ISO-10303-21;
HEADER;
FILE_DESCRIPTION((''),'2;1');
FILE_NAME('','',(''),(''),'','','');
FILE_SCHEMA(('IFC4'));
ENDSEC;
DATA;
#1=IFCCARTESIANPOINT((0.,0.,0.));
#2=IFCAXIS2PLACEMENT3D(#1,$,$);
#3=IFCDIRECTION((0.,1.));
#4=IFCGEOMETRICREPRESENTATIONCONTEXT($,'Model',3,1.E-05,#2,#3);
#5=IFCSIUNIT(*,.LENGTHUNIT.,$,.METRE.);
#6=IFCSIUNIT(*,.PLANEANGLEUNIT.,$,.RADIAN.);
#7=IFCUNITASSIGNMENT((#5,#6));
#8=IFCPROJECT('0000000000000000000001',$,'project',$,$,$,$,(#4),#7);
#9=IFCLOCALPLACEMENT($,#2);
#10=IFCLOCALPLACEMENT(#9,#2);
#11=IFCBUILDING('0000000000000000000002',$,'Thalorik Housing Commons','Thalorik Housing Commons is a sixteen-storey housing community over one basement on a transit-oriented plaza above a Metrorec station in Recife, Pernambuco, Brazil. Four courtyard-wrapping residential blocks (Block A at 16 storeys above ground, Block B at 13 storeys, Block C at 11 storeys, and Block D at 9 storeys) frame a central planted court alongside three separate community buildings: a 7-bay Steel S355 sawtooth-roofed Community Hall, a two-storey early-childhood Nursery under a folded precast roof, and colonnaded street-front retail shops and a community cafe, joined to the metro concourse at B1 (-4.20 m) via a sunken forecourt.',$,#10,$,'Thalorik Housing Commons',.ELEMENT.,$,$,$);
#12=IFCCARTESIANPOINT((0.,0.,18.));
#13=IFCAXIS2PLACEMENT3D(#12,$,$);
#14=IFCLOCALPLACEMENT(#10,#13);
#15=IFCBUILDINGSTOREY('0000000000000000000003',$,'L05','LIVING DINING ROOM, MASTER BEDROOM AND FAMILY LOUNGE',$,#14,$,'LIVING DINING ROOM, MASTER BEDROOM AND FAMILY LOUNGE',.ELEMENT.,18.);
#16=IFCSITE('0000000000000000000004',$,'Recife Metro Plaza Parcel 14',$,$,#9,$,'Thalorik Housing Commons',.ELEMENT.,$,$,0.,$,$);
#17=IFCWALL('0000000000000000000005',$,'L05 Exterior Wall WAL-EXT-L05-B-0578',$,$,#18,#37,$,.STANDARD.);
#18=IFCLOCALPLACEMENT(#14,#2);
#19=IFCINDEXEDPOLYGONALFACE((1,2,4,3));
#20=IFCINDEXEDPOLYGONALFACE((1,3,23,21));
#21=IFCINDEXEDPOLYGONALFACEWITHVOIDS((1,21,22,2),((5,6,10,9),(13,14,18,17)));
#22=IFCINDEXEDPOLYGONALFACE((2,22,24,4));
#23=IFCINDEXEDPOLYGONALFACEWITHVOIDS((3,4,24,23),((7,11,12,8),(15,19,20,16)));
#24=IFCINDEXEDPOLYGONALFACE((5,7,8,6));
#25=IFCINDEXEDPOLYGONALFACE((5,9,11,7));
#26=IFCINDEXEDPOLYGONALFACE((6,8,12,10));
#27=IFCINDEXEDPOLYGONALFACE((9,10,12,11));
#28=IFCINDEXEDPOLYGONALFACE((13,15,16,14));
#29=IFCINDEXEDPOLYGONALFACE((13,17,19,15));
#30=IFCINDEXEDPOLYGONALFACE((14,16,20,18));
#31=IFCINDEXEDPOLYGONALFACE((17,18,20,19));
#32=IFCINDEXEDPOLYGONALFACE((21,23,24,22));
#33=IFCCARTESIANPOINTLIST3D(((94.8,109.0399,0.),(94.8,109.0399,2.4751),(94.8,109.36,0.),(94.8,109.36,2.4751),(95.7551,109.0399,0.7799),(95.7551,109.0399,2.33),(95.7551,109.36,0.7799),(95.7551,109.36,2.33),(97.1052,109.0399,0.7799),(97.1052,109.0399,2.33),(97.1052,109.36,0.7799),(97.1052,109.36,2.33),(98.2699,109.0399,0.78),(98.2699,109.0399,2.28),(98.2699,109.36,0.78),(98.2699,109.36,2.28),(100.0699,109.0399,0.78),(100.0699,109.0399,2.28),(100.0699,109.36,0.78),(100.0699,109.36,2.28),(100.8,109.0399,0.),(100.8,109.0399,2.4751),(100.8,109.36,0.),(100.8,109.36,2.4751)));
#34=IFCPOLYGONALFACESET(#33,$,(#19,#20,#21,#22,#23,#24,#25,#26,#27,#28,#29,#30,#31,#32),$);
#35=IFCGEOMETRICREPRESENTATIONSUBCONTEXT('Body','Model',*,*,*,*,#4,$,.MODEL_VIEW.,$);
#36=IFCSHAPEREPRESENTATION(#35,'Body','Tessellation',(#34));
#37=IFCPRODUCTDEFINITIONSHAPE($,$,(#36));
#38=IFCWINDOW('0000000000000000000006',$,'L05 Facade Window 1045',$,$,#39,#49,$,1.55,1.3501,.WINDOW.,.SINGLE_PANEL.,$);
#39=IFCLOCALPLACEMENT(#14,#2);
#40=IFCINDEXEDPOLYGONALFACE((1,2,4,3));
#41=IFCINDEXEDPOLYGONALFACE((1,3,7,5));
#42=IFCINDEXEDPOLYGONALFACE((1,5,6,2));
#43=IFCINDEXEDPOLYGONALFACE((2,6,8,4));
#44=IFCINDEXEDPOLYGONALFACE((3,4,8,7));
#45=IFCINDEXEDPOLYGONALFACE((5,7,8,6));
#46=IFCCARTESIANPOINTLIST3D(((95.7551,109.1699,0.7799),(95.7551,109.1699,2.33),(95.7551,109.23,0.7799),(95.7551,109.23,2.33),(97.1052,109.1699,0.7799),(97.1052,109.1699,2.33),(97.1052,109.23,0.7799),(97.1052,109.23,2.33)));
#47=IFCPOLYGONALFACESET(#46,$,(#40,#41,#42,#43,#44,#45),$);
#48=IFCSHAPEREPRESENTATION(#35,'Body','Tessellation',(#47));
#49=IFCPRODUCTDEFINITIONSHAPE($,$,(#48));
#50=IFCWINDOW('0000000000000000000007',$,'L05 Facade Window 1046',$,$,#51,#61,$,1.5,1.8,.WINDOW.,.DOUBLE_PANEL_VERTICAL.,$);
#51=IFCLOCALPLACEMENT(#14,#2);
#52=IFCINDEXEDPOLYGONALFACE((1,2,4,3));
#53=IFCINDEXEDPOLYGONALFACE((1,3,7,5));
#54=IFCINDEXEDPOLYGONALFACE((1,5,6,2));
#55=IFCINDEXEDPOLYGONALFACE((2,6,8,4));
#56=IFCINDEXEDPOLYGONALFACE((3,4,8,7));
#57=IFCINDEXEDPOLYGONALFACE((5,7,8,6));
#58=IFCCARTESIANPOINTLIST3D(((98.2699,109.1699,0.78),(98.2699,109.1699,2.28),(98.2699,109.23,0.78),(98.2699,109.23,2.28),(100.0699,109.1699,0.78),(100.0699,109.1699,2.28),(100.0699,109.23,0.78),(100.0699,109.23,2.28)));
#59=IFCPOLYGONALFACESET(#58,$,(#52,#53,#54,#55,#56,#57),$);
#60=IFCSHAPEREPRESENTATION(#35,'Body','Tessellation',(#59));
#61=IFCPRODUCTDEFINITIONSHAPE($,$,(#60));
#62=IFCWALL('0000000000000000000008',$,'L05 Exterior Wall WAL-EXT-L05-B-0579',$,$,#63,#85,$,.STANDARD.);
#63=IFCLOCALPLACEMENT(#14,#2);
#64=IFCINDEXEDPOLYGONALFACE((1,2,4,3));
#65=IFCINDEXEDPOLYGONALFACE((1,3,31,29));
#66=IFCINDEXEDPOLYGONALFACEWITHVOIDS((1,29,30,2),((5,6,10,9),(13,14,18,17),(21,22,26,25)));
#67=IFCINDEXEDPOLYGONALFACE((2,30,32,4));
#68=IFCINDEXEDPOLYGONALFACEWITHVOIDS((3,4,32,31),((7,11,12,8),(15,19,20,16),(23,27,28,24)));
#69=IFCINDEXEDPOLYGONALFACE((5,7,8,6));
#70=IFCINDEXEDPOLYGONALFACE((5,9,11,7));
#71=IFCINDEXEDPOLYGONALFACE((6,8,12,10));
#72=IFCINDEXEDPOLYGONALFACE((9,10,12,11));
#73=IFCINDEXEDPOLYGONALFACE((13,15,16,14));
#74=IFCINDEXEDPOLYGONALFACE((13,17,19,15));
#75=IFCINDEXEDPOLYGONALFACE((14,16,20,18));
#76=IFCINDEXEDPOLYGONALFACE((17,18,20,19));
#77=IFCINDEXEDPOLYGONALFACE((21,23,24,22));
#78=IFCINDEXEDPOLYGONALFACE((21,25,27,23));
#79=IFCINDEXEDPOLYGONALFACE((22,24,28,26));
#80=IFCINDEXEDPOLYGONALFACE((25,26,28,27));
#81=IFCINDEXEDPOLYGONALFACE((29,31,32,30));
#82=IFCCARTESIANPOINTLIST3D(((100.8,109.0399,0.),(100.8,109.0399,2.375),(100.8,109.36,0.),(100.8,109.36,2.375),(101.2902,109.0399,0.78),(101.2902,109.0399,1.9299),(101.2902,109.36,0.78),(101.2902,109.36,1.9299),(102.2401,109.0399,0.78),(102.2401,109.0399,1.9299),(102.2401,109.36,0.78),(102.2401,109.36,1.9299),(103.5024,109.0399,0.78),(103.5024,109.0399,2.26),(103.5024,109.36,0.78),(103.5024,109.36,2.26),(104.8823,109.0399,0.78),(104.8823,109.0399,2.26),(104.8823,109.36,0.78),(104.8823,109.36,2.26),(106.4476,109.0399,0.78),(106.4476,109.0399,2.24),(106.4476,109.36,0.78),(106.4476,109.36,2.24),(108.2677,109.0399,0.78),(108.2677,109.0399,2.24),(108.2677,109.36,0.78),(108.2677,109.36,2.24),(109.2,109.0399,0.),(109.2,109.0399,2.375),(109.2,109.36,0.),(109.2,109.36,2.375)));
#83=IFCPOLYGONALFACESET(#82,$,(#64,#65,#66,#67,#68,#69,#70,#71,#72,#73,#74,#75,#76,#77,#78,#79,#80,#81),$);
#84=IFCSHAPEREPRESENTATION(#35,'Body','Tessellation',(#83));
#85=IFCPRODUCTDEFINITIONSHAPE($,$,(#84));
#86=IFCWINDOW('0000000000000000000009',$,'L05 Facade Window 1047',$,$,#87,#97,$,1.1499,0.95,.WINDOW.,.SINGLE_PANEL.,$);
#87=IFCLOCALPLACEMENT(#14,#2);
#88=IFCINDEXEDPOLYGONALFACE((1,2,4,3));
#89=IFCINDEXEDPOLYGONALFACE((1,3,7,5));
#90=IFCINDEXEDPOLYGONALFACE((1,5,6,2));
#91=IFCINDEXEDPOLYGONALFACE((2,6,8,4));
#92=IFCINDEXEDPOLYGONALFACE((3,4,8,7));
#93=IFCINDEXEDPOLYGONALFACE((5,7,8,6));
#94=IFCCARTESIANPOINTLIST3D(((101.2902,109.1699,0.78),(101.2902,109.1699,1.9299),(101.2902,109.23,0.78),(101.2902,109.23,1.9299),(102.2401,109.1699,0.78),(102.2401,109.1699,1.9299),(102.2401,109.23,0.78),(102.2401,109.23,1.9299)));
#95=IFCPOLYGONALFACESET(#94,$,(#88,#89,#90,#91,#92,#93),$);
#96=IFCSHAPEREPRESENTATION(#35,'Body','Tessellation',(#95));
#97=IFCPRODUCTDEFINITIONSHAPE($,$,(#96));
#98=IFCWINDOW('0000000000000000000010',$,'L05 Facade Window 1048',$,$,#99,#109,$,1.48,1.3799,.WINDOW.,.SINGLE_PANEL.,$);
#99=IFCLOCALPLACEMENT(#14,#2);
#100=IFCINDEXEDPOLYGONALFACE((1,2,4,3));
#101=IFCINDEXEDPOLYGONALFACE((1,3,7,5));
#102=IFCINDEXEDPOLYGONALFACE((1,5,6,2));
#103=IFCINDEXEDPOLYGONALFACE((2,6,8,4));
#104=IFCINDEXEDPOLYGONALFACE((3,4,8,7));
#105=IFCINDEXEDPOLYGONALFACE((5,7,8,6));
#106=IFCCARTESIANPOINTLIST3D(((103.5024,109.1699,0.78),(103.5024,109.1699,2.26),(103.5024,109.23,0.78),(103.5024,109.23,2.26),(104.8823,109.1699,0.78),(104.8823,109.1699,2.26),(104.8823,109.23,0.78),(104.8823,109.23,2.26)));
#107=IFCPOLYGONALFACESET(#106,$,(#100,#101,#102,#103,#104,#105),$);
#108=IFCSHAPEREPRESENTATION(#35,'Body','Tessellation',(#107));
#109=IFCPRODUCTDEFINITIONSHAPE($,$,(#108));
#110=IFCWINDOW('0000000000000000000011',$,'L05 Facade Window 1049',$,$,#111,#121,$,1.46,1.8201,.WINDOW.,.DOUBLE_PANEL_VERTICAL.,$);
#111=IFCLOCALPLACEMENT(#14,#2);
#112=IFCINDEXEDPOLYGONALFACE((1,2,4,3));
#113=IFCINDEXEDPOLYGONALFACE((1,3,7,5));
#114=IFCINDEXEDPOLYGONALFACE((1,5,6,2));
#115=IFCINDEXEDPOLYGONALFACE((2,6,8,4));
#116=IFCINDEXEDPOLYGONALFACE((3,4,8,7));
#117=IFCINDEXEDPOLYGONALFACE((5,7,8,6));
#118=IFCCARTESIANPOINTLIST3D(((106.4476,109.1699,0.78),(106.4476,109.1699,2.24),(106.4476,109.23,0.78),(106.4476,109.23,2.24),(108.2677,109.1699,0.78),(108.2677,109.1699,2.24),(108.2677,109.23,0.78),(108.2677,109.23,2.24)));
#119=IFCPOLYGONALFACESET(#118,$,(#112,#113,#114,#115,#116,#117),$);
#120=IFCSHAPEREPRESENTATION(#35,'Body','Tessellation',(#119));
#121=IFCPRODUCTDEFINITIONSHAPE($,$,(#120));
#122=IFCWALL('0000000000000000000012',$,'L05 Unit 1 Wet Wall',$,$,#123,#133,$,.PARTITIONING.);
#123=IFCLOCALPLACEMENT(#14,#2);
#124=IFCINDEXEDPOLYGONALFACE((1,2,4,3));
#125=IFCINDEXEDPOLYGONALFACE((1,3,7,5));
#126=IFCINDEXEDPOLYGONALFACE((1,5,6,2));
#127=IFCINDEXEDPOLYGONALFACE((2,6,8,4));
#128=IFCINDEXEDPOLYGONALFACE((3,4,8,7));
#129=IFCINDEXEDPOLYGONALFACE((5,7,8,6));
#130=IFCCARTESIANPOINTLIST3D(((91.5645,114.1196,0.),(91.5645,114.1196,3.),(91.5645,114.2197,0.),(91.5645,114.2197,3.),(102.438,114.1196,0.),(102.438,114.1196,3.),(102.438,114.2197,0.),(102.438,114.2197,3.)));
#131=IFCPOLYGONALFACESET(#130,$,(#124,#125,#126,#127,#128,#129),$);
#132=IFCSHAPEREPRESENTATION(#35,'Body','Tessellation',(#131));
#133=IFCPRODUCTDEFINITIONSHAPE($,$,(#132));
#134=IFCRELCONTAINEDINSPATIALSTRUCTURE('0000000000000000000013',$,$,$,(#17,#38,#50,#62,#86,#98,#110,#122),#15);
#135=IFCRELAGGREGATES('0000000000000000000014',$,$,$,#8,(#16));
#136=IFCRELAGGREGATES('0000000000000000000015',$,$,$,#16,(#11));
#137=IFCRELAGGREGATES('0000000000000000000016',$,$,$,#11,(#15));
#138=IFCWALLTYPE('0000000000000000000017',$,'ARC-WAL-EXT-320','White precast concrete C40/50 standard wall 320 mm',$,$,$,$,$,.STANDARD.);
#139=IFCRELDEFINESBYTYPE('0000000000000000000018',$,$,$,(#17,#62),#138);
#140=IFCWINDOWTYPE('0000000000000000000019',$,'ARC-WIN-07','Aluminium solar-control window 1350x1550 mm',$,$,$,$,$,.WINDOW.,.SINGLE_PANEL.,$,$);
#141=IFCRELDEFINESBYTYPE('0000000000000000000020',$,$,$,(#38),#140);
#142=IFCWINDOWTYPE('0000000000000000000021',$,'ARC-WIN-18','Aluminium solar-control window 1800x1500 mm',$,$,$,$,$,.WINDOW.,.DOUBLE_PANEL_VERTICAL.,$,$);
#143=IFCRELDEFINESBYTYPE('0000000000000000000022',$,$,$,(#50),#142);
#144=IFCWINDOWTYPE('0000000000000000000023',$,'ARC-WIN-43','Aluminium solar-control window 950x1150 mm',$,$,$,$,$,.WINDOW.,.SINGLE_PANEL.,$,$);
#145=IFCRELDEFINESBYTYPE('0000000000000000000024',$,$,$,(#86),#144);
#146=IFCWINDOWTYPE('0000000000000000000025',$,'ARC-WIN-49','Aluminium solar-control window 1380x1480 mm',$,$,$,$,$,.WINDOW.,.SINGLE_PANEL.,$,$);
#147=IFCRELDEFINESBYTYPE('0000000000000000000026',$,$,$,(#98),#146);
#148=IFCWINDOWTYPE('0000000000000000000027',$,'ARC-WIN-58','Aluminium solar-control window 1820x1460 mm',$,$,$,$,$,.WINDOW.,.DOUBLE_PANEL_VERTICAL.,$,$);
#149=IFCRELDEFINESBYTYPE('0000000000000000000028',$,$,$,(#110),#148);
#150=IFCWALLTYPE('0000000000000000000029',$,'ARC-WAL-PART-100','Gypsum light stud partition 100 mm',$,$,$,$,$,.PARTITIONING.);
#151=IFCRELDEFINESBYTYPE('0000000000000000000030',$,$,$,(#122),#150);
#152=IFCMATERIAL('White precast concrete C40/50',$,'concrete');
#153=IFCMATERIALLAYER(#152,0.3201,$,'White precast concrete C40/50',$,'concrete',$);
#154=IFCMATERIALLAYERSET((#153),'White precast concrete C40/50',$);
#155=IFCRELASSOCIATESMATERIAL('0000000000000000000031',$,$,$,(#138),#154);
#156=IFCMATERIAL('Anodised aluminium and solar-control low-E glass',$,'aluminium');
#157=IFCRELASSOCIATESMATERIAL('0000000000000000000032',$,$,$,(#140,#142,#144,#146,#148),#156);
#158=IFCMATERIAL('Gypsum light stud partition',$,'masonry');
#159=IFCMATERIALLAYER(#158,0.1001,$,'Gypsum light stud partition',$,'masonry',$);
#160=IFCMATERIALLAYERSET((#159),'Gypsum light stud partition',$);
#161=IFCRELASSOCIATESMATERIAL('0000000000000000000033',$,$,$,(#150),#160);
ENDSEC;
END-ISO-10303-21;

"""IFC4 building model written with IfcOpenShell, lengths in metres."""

from ifc_helpers import new_model, si_unit, direction, frame, frame_2d, origin, place, context, subcontext, project, spatial, rectangle, extrude, material, layer, layer_set, type_object, element, fill, save


model = new_model("IFC4")

# Units and contexts
model_context = context("Model", 3, precision=1e-05, world=origin(), true_north=direction((0.0, 1.0)))
body_context = subcontext(model_context, "Body", "Model", "MODEL_VIEW")
ifc_project = project(units=[si_unit("LENGTHUNIT", "METRE"), si_unit("PLANEANGLEUNIT", "RADIAN")], contexts=[model_context])

# Site, building, storey
site_placement = place(None, origin())
site = spatial("IfcSite", under=ifc_project, at=site_placement, Name="Recife Metro Plaza Parcel 14", LongName="Thalorik Housing Commons", CompositionType="ELEMENT", RefElevation=0.0)
building_placement = place(site_placement, origin())
building = spatial("IfcBuilding", under=site, at=building_placement, Name="Thalorik Housing Commons", Description="Thalorik Housing Commons is a sixteen-storey housing community over one basement on a transit-oriented plaza above a Metrorec station in Recife, Pernambuco, Brazil. Four courtyard-wrapping residential blocks (Block A at 16 storeys above ground, Block B at 13 storeys, Block C at 11 storeys, and Block D at 9 storeys) frame a central planted court alongside three separate community buildings: a 7-bay Steel S355 sawtooth-roofed Community Hall, a two-storey early-childhood Nursery under a folded precast roof, and colonnaded street-front retail shops and a community cafe, joined to the metro concourse at B1 (-4.20 m) via a sunken forecourt.", LongName="Thalorik Housing Commons", CompositionType="ELEMENT")
storey_placement = place(building_placement, frame((0.0, 0.0, 18.0)))
storey = spatial("IfcBuildingStorey", under=building, at=storey_placement, Name="L05", Description="LIVING DINING ROOM, MASTER BEDROOM AND FAMILY LOUNGE", LongName="LIVING DINING ROOM, MASTER BEDROOM AND FAMILY LOUNGE", CompositionType="ELEMENT", Elevation=18.0)

# Shared definitions
ifc_material_1 = material(Name="Anodised aluminium and solar-control low-E glass", Category="aluminium")

# Shared definitions
ifc_material_2 = material(Name="White precast concrete C40/50", Category="concrete")
ifc_layer_1 = layer(ifc_material_2, 0.3201, Name="White precast concrete C40/50", Category="concrete")
ifc_layer_set_1 = layer_set([ifc_layer_1], Name="White precast concrete C40/50")
wall_type_1 = type_object("IfcWallType", Name="ARC-WAL-EXT-320", Description="White precast concrete C40/50 standard wall 320 mm", PredefinedType="STANDARD", material=ifc_layer_set_1)

# Walls, openings, windows
wall_1_placement = place(storey_placement, frame((94.8, 109.2, 0.0), z_axis=(0.0, 0.0, 1.0), x_axis=(1.0, 0.0, 0.0)))
wall_1 = element("IfcWall", 1, at=wall_1_placement, inside=storey, type_object=wall_type_1, Name="L05 Exterior Wall WAL-EXT-L05-B-0578", PredefinedType="STANDARD", context=body_context, shape_type="SweptSolid", body=[
    extrude(rectangle(XDim=6.0, YDim=0.3201, at=frame_2d((3.0, 0.0))), origin(), (0.0, 0.0, 1.0), 2.4751),
])
opening_1_placement = place(wall_1_placement, frame((0.9551, 0.0, 0.78)))
opening_1 = element("IfcOpeningElement", 2, at=opening_1_placement, cuts=wall_1, PredefinedType="OPENING", context=body_context, shape_type="SweptSolid", body=[
    extrude(rectangle(XDim=1.3501, YDim=1.55, at=frame_2d((0.675, 0.7749))), frame((0.0, 0.1699, 0.0), z_axis=(0.0, -1.0, 0.0), x_axis=(1.0, 0.0, 0.0)), (0.0, 0.0, 1.0), 0.3401),
])
opening_2_placement = place(wall_1_placement, frame((3.47, 0.0, 0.78)))
opening_2 = element("IfcOpeningElement", 3, at=opening_2_placement, cuts=wall_1, PredefinedType="OPENING", context=body_context, shape_type="SweptSolid", body=[
    extrude(rectangle(XDim=1.8, YDim=1.5, at=frame_2d((0.8999, 0.75))), frame((0.0, 0.1699, 0.0), z_axis=(0.0, -1.0, 0.0), x_axis=(1.0, 0.0, 0.0)), (0.0, 0.0, 1.0), 0.3401),
])
window_type_1 = type_object("IfcWindowType", Name="ARC-WIN-07", Description="Aluminium solar-control window 1350x1550 mm", PartitioningType="SINGLE_PANEL", PredefinedType="WINDOW", material=ifc_material_1)
window_1_placement = place(opening_1_placement, origin())
window_1 = element("IfcWindow", 4, at=window_1_placement, inside=storey, type_object=window_type_1, Name="L05 Facade Window 1045", OverallHeight=1.55, OverallWidth=1.3501, PartitioningType="SINGLE_PANEL", PredefinedType="WINDOW", context=body_context, shape_type="SweptSolid", body=[
    extrude(rectangle(XDim=1.3501, YDim=1.55, at=frame_2d((0.675, 0.7749))), frame((0.0, 0.03, 0.0), z_axis=(0.0, -1.0, 0.0), x_axis=(1.0, 0.0, 0.0)), (0.0, 0.0, 1.0), 0.0601),
])
fill(opening_1, window_1)
window_type_2 = type_object("IfcWindowType", Name="ARC-WIN-18", Description="Aluminium solar-control window 1800x1500 mm", PartitioningType="DOUBLE_PANEL_VERTICAL", PredefinedType="WINDOW", material=ifc_material_1)
window_2_placement = place(opening_2_placement, origin())
window_2 = element("IfcWindow", 5, at=window_2_placement, inside=storey, type_object=window_type_2, Name="L05 Facade Window 1046", OverallHeight=1.5, OverallWidth=1.8, PartitioningType="DOUBLE_PANEL_VERTICAL", PredefinedType="WINDOW", context=body_context, shape_type="SweptSolid", body=[
    extrude(rectangle(XDim=1.8, YDim=1.5, at=frame_2d((0.8999, 0.75))), frame((0.0, 0.03, 0.0), z_axis=(0.0, -1.0, 0.0), x_axis=(1.0, 0.0, 0.0)), (0.0, 0.0, 1.0), 0.0601),
])
fill(opening_2, window_2)
wall_2_placement = place(storey_placement, frame((100.8, 109.2, 0.0), z_axis=(0.0, 0.0, 1.0), x_axis=(1.0, 0.0, 0.0)))
wall_2 = element("IfcWall", 6, at=wall_2_placement, inside=storey, type_object=wall_type_1, Name="L05 Exterior Wall WAL-EXT-L05-B-0579", PredefinedType="STANDARD", context=body_context, shape_type="SweptSolid", body=[
    extrude(rectangle(XDim=8.3999, YDim=0.3201, at=frame_2d((4.2, 0.0))), origin(), (0.0, 0.0, 1.0), 2.375),
])
opening_3_placement = place(wall_2_placement, frame((0.49, 0.0, 0.78)))
opening_3 = element("IfcOpeningElement", 7, at=opening_3_placement, cuts=wall_2, PredefinedType="OPENING", context=body_context, shape_type="SweptSolid", body=[
    extrude(rectangle(XDim=0.95, YDim=1.1499, at=frame_2d((0.4751, 0.575))), frame((0.0, 0.1699, 0.0), z_axis=(0.0, -1.0, 0.0), x_axis=(1.0, 0.0, 0.0)), (0.0, 0.0, 1.0), 0.3401),
])
opening_4_placement = place(wall_2_placement, frame((2.7024, 0.0, 0.78)))
opening_4 = element("IfcOpeningElement", 8, at=opening_4_placement, cuts=wall_2, PredefinedType="OPENING", context=body_context, shape_type="SweptSolid", body=[
    extrude(rectangle(XDim=1.3799, YDim=1.48, at=frame_2d((0.6899, 0.74))), frame((0.0, 0.1699, 0.0), z_axis=(0.0, -1.0, 0.0), x_axis=(1.0, 0.0, 0.0)), (0.0, 0.0, 1.0), 0.3401),
])
opening_5_placement = place(wall_2_placement, frame((5.6475, 0.0, 0.78)))
opening_5 = element("IfcOpeningElement", 9, at=opening_5_placement, cuts=wall_2, PredefinedType="OPENING", context=body_context, shape_type="SweptSolid", body=[
    extrude(rectangle(XDim=1.8201, YDim=1.46, at=frame_2d((0.9102, 0.73))), frame((0.0, 0.1699, 0.0), z_axis=(0.0, -1.0, 0.0), x_axis=(1.0, 0.0, 0.0)), (0.0, 0.0, 1.0), 0.3401),
])
window_type_3 = type_object("IfcWindowType", Name="ARC-WIN-43", Description="Aluminium solar-control window 950x1150 mm", PartitioningType="SINGLE_PANEL", PredefinedType="WINDOW", material=ifc_material_1)
window_3_placement = place(opening_3_placement, origin())
window_3 = element("IfcWindow", 10, at=window_3_placement, inside=storey, type_object=window_type_3, Name="L05 Facade Window 1047", OverallHeight=1.1499, OverallWidth=0.95, PartitioningType="SINGLE_PANEL", PredefinedType="WINDOW", context=body_context, shape_type="SweptSolid", body=[
    extrude(rectangle(XDim=0.95, YDim=1.1499, at=frame_2d((0.4751, 0.575))), frame((0.0, 0.03, 0.0), z_axis=(0.0, -1.0, 0.0), x_axis=(1.0, 0.0, 0.0)), (0.0, 0.0, 1.0), 0.0601),
])
fill(opening_3, window_3)
window_type_4 = type_object("IfcWindowType", Name="ARC-WIN-49", Description="Aluminium solar-control window 1380x1480 mm", PartitioningType="SINGLE_PANEL", PredefinedType="WINDOW", material=ifc_material_1)
window_4_placement = place(opening_4_placement, origin())
window_4 = element("IfcWindow", 11, at=window_4_placement, inside=storey, type_object=window_type_4, Name="L05 Facade Window 1048", OverallHeight=1.48, OverallWidth=1.3799, PartitioningType="SINGLE_PANEL", PredefinedType="WINDOW", context=body_context, shape_type="SweptSolid", body=[
    extrude(rectangle(XDim=1.3799, YDim=1.48, at=frame_2d((0.6899, 0.74))), frame((0.0, 0.03, 0.0), z_axis=(0.0, -1.0, 0.0), x_axis=(1.0, 0.0, 0.0)), (0.0, 0.0, 1.0), 0.0601),
])
fill(opening_4, window_4)
window_type_5 = type_object("IfcWindowType", Name="ARC-WIN-58", Description="Aluminium solar-control window 1820x1460 mm", PartitioningType="DOUBLE_PANEL_VERTICAL", PredefinedType="WINDOW", material=ifc_material_1)
window_5_placement = place(opening_5_placement, origin())
window_5 = element("IfcWindow", 12, at=window_5_placement, inside=storey, type_object=window_type_5, Name="L05 Facade Window 1049", OverallHeight=1.46, OverallWidth=1.8201, PartitioningType="DOUBLE_PANEL_VERTICAL", PredefinedType="WINDOW", context=body_context, shape_type="SweptSolid", body=[
    extrude(rectangle(XDim=1.8201, YDim=1.46, at=frame_2d((0.9102, 0.73))), frame((0.0, 0.03, 0.0), z_axis=(0.0, -1.0, 0.0), x_axis=(1.0, 0.0, 0.0)), (0.0, 0.0, 1.0), 0.0601),
])
fill(opening_5, window_5)

# Wall
ifc_material_3 = material(Name="Gypsum light stud partition", Category="masonry")
ifc_layer_2 = layer(ifc_material_3, 0.1001, Name="Gypsum light stud partition", Category="masonry")
ifc_layer_set_2 = layer_set([ifc_layer_2], Name="Gypsum light stud partition")
wall_type_2 = type_object("IfcWallType", Name="ARC-WAL-PART-100", Description="Gypsum light stud partition 100 mm", PredefinedType="PARTITIONING", material=ifc_layer_set_2)
wall_3_placement = place(storey_placement, frame((91.5645, 114.1697, 0.0), z_axis=(0.0, 0.0, 1.0), x_axis=(1.0, 0.0, 0.0)))
element("IfcWall", 13, at=wall_3_placement, inside=storey, type_object=wall_type_2, Name="L05 Unit 1 Wet Wall", PredefinedType="PARTITIONING", context=body_context, shape_type="SweptSolid", body=[
    extrude(rectangle(XDim=10.8735, YDim=0.1001, at=frame_2d((5.4368, 0.0))), origin(), (0.0, 0.0, 1.0), 3.0),
])

save(model, "model.ifc")
